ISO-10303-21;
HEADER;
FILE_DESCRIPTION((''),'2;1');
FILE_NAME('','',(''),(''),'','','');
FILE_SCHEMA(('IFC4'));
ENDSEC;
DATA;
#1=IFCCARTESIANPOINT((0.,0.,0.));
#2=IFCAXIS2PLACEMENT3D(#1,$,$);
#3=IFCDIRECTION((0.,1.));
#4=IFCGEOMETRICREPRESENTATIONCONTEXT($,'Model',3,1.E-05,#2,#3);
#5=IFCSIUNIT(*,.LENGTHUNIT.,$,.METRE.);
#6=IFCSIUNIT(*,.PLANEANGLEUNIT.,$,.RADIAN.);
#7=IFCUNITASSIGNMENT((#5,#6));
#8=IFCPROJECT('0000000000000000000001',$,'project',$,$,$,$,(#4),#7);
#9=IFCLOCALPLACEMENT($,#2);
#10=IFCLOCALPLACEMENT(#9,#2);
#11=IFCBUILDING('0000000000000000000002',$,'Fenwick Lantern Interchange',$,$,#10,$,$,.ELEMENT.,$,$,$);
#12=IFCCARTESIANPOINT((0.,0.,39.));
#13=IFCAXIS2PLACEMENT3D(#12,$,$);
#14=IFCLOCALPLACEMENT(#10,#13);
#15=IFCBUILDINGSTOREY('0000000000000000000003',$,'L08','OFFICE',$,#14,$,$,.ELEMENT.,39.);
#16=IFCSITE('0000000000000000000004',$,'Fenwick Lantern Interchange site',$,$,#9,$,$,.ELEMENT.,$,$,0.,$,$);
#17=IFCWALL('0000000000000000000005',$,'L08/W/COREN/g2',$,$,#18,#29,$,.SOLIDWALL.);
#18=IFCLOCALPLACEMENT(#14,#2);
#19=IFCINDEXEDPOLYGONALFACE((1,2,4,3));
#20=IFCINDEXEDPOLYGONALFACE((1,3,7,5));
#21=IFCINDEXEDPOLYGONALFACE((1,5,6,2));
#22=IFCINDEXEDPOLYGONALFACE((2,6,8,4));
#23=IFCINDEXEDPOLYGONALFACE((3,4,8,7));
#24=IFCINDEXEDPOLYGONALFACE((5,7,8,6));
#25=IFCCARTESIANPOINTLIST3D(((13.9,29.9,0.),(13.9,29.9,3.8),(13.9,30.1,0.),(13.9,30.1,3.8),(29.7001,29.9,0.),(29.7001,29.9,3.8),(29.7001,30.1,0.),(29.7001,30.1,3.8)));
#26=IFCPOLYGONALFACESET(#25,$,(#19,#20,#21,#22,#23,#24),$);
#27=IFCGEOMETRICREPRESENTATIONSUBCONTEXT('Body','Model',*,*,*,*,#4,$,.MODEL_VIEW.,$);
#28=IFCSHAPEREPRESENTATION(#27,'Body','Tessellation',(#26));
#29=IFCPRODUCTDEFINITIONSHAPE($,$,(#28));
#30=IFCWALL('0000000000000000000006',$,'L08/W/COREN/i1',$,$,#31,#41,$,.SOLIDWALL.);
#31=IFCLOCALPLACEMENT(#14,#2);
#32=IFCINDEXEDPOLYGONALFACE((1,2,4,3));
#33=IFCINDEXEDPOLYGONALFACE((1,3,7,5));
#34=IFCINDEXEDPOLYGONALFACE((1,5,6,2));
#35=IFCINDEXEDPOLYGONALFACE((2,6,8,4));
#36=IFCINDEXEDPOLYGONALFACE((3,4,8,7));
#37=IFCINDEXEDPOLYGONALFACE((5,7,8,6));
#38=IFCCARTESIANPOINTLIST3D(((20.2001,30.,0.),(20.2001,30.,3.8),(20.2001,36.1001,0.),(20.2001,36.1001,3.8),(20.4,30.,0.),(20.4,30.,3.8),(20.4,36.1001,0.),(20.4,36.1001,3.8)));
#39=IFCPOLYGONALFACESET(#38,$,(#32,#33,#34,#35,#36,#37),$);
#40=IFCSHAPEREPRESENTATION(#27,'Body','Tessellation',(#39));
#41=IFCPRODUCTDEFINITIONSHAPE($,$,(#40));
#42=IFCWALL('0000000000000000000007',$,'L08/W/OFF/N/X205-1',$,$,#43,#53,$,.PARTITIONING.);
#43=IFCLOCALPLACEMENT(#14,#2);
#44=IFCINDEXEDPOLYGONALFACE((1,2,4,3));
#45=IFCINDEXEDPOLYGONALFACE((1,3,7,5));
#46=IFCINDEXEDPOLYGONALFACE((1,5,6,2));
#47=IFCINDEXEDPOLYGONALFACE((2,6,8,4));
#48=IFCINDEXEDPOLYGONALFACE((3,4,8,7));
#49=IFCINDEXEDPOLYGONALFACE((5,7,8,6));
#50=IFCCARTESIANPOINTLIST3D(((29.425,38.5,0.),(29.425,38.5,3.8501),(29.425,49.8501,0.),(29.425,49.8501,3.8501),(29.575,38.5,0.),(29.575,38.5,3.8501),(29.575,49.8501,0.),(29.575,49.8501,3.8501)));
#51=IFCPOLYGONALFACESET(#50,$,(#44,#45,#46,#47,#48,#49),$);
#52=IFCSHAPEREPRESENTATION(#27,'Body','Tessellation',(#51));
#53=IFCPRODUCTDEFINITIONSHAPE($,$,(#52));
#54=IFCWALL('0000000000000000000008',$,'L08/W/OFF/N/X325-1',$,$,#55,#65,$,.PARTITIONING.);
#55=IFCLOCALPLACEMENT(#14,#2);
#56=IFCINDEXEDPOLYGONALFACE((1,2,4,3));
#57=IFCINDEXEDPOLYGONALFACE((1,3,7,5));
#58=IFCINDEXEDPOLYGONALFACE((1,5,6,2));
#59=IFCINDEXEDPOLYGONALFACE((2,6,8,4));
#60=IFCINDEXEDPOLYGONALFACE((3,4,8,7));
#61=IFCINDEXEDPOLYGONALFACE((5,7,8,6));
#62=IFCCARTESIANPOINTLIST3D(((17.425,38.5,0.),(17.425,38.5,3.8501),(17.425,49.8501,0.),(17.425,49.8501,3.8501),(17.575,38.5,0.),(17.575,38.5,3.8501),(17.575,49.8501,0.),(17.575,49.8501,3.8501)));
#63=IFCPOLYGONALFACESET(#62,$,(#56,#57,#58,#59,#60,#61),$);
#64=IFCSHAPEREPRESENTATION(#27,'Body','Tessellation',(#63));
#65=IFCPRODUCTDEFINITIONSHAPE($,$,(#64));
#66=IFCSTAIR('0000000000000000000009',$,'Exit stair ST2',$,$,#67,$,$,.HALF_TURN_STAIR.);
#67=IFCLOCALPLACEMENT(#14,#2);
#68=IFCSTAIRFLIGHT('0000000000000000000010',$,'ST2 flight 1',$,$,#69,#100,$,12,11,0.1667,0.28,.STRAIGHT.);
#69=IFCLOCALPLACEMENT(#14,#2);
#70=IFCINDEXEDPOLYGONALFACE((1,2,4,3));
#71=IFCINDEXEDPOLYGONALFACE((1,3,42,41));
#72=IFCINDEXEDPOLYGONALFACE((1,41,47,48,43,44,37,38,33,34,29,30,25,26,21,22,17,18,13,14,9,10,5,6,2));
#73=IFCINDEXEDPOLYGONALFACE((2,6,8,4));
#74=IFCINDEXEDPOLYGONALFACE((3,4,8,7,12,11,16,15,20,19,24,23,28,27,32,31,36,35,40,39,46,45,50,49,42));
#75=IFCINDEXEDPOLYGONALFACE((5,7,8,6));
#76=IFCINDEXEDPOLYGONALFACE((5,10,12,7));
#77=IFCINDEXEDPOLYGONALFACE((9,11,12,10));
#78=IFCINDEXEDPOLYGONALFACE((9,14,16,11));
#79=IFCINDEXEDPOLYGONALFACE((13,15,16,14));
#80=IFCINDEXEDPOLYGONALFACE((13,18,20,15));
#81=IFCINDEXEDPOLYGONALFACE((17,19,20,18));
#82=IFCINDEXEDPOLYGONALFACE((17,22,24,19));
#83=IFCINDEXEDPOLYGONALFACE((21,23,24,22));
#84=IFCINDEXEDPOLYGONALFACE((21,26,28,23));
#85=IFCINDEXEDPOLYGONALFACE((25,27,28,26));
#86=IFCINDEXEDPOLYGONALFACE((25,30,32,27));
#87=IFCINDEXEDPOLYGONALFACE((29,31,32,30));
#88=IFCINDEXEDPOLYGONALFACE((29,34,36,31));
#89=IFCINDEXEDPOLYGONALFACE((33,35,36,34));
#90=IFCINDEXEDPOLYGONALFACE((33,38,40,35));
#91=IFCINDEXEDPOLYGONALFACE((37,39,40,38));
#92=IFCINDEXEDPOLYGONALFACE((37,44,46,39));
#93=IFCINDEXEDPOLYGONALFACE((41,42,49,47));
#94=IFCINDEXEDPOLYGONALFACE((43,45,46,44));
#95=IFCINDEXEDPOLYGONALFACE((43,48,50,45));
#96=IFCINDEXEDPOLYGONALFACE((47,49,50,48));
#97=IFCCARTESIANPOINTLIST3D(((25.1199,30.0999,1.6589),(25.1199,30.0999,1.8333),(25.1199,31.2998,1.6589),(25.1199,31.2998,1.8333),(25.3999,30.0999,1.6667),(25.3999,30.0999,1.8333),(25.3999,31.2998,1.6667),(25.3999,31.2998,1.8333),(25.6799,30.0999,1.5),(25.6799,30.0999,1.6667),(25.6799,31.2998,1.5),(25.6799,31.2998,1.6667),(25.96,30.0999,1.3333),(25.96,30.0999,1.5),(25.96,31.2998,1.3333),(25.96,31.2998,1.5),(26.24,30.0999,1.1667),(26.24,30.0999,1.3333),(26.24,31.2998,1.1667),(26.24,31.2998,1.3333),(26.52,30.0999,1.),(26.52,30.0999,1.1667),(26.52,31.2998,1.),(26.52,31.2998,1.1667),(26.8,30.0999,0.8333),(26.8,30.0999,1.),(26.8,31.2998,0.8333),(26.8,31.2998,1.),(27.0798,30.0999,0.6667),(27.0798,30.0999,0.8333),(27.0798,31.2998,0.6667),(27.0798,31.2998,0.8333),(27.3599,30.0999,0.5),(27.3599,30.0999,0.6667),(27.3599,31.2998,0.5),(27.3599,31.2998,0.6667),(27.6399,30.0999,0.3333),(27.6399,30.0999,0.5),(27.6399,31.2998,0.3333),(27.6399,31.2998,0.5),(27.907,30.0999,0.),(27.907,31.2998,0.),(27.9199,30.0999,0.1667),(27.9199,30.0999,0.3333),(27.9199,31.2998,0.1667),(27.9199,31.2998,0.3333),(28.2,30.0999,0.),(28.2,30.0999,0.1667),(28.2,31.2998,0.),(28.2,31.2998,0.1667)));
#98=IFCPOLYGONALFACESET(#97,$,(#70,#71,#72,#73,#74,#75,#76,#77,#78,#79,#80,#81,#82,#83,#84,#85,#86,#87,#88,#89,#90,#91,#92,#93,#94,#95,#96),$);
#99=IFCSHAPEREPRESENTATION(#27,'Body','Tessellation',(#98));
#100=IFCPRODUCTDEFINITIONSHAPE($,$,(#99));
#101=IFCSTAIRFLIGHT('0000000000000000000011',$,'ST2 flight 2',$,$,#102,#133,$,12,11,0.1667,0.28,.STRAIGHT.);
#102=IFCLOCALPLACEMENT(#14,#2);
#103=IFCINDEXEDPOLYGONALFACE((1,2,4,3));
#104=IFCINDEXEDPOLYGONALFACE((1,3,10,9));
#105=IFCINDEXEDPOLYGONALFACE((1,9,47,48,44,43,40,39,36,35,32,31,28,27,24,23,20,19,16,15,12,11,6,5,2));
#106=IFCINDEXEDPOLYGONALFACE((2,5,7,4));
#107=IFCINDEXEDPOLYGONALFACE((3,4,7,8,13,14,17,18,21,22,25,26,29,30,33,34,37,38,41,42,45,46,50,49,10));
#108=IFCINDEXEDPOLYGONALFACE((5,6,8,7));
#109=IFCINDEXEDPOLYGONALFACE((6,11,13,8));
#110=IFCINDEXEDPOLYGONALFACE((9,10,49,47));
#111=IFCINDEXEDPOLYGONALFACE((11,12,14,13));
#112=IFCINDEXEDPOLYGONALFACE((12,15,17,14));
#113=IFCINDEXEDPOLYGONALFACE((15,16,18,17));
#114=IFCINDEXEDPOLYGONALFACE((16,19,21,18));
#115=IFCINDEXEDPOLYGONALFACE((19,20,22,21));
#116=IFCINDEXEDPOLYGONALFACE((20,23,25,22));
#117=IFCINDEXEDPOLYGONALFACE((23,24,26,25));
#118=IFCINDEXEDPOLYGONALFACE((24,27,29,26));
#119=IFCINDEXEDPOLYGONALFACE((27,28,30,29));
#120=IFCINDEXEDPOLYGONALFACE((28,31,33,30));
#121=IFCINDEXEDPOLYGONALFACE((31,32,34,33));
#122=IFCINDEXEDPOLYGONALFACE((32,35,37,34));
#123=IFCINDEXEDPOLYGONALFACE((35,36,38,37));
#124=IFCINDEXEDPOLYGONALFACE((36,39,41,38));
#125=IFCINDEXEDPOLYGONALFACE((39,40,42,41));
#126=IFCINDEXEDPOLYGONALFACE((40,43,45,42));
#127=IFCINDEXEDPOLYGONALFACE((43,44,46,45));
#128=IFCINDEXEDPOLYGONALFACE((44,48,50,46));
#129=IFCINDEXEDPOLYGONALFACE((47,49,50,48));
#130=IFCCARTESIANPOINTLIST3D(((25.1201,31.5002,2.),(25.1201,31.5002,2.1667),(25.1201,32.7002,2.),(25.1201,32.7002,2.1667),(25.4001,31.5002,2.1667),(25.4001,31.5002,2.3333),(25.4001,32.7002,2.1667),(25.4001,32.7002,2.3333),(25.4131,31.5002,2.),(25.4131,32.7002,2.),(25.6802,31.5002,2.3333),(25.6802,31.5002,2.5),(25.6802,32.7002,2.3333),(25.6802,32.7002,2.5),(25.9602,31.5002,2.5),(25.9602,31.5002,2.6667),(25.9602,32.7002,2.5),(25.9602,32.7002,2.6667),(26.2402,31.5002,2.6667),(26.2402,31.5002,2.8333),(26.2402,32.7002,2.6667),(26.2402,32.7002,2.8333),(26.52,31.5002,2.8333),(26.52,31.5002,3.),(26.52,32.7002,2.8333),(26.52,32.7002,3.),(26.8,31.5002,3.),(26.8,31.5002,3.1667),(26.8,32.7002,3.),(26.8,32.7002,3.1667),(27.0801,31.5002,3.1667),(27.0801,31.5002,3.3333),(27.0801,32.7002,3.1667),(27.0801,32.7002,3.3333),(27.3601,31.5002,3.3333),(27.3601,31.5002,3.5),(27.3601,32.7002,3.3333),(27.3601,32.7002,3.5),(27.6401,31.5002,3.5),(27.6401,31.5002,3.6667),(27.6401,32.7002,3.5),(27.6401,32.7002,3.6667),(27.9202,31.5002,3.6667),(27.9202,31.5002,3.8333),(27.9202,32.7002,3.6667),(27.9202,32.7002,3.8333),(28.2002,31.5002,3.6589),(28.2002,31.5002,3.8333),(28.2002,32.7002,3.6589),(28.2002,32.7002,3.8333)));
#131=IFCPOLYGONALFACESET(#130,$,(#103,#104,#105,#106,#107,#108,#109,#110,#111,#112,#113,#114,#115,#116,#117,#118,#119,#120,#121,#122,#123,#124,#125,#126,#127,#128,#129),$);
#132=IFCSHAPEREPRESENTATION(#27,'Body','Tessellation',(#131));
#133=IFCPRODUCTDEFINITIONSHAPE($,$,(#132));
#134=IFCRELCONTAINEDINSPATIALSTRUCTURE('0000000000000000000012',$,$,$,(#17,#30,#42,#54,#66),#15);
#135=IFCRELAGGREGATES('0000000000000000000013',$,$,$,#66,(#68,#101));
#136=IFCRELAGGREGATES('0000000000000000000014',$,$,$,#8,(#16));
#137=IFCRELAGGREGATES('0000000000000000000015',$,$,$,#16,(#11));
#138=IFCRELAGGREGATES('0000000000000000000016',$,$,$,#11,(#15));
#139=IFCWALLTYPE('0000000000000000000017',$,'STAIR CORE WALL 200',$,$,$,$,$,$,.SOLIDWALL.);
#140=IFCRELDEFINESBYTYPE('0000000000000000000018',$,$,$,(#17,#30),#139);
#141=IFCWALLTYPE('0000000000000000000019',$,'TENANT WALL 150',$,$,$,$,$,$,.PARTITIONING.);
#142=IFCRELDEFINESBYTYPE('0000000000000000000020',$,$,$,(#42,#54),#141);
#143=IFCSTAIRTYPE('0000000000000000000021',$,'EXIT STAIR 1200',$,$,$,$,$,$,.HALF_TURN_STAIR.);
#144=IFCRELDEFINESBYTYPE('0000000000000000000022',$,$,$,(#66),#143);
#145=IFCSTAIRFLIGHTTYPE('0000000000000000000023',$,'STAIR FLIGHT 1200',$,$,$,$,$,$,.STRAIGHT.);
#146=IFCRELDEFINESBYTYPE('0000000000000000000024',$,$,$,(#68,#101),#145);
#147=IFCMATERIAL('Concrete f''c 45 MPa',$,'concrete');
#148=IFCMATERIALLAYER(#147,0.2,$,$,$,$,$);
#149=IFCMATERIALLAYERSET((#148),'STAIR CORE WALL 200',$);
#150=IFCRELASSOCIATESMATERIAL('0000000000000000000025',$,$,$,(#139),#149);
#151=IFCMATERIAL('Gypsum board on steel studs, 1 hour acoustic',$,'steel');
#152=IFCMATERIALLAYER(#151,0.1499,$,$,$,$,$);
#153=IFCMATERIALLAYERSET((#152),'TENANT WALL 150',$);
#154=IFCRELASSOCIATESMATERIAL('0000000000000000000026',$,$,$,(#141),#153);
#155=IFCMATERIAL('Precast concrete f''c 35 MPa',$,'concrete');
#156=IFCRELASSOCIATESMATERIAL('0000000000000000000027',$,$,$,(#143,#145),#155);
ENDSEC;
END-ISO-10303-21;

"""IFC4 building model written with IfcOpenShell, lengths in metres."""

from ifc_helpers import new_model, si_unit, direction, frame, frame_2d, origin, place, context, subcontext, project, spatial, polyline, rectangle, outline, extrude, material, layer, layer_set, type_object, element, aggregate, save


model = new_model("IFC4")

# Units and contexts
model_context = context("Model", 3, precision=1e-05, world=origin(), true_north=direction((0.0, 1.0)))
body_context = subcontext(model_context, "Body", "Model", "MODEL_VIEW")
ifc_project = project(units=[si_unit("LENGTHUNIT", "METRE"), si_unit("PLANEANGLEUNIT", "RADIAN")], contexts=[model_context])

# Site, building, storey
site_placement = place(None, origin())
site = spatial("IfcSite", under=ifc_project, at=site_placement, Name="Fenwick Lantern Interchange site", CompositionType="ELEMENT", RefElevation=0.0)
building_placement = place(site_placement, origin())
building = spatial("IfcBuilding", under=site, at=building_placement, Name="Fenwick Lantern Interchange", CompositionType="ELEMENT")
storey_placement = place(building_placement, frame((0.0, 0.0, 39.0)))
storey = spatial("IfcBuildingStorey", under=building, at=storey_placement, Name="L08", Description="OFFICE", CompositionType="ELEMENT", Elevation=39.0)

# Shared definitions
ifc_material_1 = material(Name="Concrete f'c 45 MPa", Category="concrete")
ifc_layer_1 = layer(ifc_material_1, 0.2)
ifc_layer_set_1 = layer_set([ifc_layer_1], Name="STAIR CORE WALL 200")
wall_type_1 = type_object("IfcWallType", Name="STAIR CORE WALL 200", PredefinedType="SOLIDWALL", material=ifc_layer_set_1)

# Walls
wall_1_placement = place(storey_placement, frame((29.7, 30.0, 0.0), z_axis=(0.0, 0.0, 1.0), x_axis=(-1.0, 0.0, 0.0)))
element("IfcWall", 1, at=wall_1_placement, inside=storey, type_object=wall_type_1, Name="L08/W/COREN/g2", PredefinedType="SOLIDWALL", context=body_context, shape_type="SweptSolid", body=[
    extrude(rectangle(XDim=15.8, YDim=0.2, at=frame_2d((7.8999, 0.0))), origin(), (0.0, 0.0, 1.0), 3.8),
])
wall_2_placement = place(storey_placement, frame((20.3, 36.1001, 0.0), z_axis=(0.0, 0.0, 1.0), x_axis=(0.0, -1.0, 0.0)))
element("IfcWall", 2, at=wall_2_placement, inside=storey, type_object=wall_type_1, Name="L08/W/COREN/i1", PredefinedType="SOLIDWALL", context=body_context, shape_type="SweptSolid", body=[
    extrude(rectangle(XDim=6.1001, YDim=0.2, at=frame_2d((3.05, 0.0))), origin(), (0.0, 0.0, 1.0), 3.8),
])
ifc_material_2 = material(Name="Gypsum board on steel studs, 1 hour acoustic", Category="steel")
ifc_layer_2 = layer(ifc_material_2, 0.1499)
ifc_layer_set_2 = layer_set([ifc_layer_2], Name="TENANT WALL 150")
wall_type_2 = type_object("IfcWallType", Name="TENANT WALL 150", PredefinedType="PARTITIONING", material=ifc_layer_set_2)
for number, where, z_axis, x_axis, name in (
    (3, (29.5, 49.8501, 0.0), (0.0, 0.0, 1.0), (0.0, -1.0, 0.0), "L08/W/OFF/N/X205-1"),
    (4, (17.5, 49.8501, 0.0), (0.0, 0.0, 1.0), (0.0, -1.0, 0.0), "L08/W/OFF/N/X325-1"),
):
    element("IfcWall", number, at=place(storey_placement, frame(where, z_axis=z_axis, x_axis=x_axis)), inside=storey, type_object=wall_type_2, Name=name, PredefinedType="PARTITIONING", context=body_context, shape_type="SweptSolid", body=[
        extrude(rectangle(XDim=11.3501, YDim=0.1499, at=frame_2d((5.675, 0.0))), origin(), (0.0, 0.0, 1.0), 3.8501),
    ])

# Stair, stair flights
ifc_material_3 = material(Name="Precast concrete f'c 35 MPa", Category="concrete")
stair_type = type_object("IfcStairType", Name="EXIT STAIR 1200", PredefinedType="HALF_TURN_STAIR", material=ifc_material_3)
stair_placement = place(storey_placement, origin())
stair = element("IfcStair", 5, at=stair_placement, inside=storey, type_object=stair_type, Name="Exit stair ST2", PredefinedType="HALF_TURN_STAIR")
stair_flight_type = type_object("IfcStairFlightType", Name="STAIR FLIGHT 1200", PredefinedType="STRAIGHT", material=ifc_material_3)
stair_flight_1_placement = place(storey_placement, frame((28.2, 30.7, 0.0), z_axis=(0.0, 0.0, 1.0), x_axis=(-1.0, 0.0, 0.0)))
stair_flight_1 = element("IfcStairFlight", 6, at=stair_flight_1_placement, type_object=stair_flight_type, Name="ST2 flight 1", NumberOfRisers=12, NumberOfTreads=11, PredefinedType="STRAIGHT", RiserHeight=0.1667, TreadLength=0.28, context=body_context, shape_type="SweptSolid", body=[
    extrude(outline(polyline([(0.0, 0.0), (0.0, 0.1667), (0.28, 0.1667), (0.28, 0.3333), (0.5601, 0.3333), (0.5601, 0.5), (0.8401, 0.5), (0.8401, 0.6667), (1.1201, 0.6667), (1.1201, 0.8333), (1.3999, 0.8333), (1.3999, 1.0), (1.6799, 1.0), (1.6799, 1.1667), (1.96, 1.1667), (1.96, 1.3333), (2.24, 1.3333), (2.24, 1.5), (2.52, 1.5), (2.52, 1.6667), (2.8, 1.6667), (2.8, 1.8333), (3.0801, 1.8333), (3.0801, 2.0), (3.0801, 1.6589), (0.293, 0.0), (0.0, 0.0)])), frame((0.0, 0.6001, 0.0), z_axis=(0.0, -1.0, 0.0), x_axis=(1.0, 0.0, 0.0)), (0.0, 0.0, 1.0), 1.2),
])
stair_flight_2_placement = place(storey_placement, frame((25.1201, 32.1001, 2.0), z_axis=(0.0, 0.0, 1.0), x_axis=(1.0, 0.0, 0.0)))
stair_flight_2 = element("IfcStairFlight", 7, at=stair_flight_2_placement, type_object=stair_flight_type, Name="ST2 flight 2", NumberOfRisers=12, NumberOfTreads=11, PredefinedType="STRAIGHT", RiserHeight=0.1667, TreadLength=0.28, context=body_context, shape_type="SweptSolid", body=[
    extrude(outline(polyline([(0.0, 0.0), (0.0, 0.1667), (0.28, 0.1667), (0.28, 0.3333), (0.5601, 0.3333), (0.5601, 0.5), (0.8401, 0.5), (0.8401, 0.6667), (1.1201, 0.6667), (1.1201, 0.8333), (1.3999, 0.8333), (1.3999, 1.0), (1.6799, 1.0), (1.6799, 1.1667), (1.96, 1.1667), (1.96, 1.3333), (2.24, 1.3333), (2.24, 1.5), (2.52, 1.5), (2.52, 1.6667), (2.8, 1.6667), (2.8, 1.8333), (3.0801, 1.8333), (3.0801, 2.0), (3.0801, 1.6589), (0.293, 0.0), (0.0, 0.0)])), frame((0.0, 0.6001, 0.0), z_axis=(0.0, -1.0, 0.0), x_axis=(1.0, 0.0, 0.0)), (0.0, 0.0, 1.0), 1.2),
])
aggregate(stair, [stair_flight_1, stair_flight_2])

save(model, "model.ifc")
